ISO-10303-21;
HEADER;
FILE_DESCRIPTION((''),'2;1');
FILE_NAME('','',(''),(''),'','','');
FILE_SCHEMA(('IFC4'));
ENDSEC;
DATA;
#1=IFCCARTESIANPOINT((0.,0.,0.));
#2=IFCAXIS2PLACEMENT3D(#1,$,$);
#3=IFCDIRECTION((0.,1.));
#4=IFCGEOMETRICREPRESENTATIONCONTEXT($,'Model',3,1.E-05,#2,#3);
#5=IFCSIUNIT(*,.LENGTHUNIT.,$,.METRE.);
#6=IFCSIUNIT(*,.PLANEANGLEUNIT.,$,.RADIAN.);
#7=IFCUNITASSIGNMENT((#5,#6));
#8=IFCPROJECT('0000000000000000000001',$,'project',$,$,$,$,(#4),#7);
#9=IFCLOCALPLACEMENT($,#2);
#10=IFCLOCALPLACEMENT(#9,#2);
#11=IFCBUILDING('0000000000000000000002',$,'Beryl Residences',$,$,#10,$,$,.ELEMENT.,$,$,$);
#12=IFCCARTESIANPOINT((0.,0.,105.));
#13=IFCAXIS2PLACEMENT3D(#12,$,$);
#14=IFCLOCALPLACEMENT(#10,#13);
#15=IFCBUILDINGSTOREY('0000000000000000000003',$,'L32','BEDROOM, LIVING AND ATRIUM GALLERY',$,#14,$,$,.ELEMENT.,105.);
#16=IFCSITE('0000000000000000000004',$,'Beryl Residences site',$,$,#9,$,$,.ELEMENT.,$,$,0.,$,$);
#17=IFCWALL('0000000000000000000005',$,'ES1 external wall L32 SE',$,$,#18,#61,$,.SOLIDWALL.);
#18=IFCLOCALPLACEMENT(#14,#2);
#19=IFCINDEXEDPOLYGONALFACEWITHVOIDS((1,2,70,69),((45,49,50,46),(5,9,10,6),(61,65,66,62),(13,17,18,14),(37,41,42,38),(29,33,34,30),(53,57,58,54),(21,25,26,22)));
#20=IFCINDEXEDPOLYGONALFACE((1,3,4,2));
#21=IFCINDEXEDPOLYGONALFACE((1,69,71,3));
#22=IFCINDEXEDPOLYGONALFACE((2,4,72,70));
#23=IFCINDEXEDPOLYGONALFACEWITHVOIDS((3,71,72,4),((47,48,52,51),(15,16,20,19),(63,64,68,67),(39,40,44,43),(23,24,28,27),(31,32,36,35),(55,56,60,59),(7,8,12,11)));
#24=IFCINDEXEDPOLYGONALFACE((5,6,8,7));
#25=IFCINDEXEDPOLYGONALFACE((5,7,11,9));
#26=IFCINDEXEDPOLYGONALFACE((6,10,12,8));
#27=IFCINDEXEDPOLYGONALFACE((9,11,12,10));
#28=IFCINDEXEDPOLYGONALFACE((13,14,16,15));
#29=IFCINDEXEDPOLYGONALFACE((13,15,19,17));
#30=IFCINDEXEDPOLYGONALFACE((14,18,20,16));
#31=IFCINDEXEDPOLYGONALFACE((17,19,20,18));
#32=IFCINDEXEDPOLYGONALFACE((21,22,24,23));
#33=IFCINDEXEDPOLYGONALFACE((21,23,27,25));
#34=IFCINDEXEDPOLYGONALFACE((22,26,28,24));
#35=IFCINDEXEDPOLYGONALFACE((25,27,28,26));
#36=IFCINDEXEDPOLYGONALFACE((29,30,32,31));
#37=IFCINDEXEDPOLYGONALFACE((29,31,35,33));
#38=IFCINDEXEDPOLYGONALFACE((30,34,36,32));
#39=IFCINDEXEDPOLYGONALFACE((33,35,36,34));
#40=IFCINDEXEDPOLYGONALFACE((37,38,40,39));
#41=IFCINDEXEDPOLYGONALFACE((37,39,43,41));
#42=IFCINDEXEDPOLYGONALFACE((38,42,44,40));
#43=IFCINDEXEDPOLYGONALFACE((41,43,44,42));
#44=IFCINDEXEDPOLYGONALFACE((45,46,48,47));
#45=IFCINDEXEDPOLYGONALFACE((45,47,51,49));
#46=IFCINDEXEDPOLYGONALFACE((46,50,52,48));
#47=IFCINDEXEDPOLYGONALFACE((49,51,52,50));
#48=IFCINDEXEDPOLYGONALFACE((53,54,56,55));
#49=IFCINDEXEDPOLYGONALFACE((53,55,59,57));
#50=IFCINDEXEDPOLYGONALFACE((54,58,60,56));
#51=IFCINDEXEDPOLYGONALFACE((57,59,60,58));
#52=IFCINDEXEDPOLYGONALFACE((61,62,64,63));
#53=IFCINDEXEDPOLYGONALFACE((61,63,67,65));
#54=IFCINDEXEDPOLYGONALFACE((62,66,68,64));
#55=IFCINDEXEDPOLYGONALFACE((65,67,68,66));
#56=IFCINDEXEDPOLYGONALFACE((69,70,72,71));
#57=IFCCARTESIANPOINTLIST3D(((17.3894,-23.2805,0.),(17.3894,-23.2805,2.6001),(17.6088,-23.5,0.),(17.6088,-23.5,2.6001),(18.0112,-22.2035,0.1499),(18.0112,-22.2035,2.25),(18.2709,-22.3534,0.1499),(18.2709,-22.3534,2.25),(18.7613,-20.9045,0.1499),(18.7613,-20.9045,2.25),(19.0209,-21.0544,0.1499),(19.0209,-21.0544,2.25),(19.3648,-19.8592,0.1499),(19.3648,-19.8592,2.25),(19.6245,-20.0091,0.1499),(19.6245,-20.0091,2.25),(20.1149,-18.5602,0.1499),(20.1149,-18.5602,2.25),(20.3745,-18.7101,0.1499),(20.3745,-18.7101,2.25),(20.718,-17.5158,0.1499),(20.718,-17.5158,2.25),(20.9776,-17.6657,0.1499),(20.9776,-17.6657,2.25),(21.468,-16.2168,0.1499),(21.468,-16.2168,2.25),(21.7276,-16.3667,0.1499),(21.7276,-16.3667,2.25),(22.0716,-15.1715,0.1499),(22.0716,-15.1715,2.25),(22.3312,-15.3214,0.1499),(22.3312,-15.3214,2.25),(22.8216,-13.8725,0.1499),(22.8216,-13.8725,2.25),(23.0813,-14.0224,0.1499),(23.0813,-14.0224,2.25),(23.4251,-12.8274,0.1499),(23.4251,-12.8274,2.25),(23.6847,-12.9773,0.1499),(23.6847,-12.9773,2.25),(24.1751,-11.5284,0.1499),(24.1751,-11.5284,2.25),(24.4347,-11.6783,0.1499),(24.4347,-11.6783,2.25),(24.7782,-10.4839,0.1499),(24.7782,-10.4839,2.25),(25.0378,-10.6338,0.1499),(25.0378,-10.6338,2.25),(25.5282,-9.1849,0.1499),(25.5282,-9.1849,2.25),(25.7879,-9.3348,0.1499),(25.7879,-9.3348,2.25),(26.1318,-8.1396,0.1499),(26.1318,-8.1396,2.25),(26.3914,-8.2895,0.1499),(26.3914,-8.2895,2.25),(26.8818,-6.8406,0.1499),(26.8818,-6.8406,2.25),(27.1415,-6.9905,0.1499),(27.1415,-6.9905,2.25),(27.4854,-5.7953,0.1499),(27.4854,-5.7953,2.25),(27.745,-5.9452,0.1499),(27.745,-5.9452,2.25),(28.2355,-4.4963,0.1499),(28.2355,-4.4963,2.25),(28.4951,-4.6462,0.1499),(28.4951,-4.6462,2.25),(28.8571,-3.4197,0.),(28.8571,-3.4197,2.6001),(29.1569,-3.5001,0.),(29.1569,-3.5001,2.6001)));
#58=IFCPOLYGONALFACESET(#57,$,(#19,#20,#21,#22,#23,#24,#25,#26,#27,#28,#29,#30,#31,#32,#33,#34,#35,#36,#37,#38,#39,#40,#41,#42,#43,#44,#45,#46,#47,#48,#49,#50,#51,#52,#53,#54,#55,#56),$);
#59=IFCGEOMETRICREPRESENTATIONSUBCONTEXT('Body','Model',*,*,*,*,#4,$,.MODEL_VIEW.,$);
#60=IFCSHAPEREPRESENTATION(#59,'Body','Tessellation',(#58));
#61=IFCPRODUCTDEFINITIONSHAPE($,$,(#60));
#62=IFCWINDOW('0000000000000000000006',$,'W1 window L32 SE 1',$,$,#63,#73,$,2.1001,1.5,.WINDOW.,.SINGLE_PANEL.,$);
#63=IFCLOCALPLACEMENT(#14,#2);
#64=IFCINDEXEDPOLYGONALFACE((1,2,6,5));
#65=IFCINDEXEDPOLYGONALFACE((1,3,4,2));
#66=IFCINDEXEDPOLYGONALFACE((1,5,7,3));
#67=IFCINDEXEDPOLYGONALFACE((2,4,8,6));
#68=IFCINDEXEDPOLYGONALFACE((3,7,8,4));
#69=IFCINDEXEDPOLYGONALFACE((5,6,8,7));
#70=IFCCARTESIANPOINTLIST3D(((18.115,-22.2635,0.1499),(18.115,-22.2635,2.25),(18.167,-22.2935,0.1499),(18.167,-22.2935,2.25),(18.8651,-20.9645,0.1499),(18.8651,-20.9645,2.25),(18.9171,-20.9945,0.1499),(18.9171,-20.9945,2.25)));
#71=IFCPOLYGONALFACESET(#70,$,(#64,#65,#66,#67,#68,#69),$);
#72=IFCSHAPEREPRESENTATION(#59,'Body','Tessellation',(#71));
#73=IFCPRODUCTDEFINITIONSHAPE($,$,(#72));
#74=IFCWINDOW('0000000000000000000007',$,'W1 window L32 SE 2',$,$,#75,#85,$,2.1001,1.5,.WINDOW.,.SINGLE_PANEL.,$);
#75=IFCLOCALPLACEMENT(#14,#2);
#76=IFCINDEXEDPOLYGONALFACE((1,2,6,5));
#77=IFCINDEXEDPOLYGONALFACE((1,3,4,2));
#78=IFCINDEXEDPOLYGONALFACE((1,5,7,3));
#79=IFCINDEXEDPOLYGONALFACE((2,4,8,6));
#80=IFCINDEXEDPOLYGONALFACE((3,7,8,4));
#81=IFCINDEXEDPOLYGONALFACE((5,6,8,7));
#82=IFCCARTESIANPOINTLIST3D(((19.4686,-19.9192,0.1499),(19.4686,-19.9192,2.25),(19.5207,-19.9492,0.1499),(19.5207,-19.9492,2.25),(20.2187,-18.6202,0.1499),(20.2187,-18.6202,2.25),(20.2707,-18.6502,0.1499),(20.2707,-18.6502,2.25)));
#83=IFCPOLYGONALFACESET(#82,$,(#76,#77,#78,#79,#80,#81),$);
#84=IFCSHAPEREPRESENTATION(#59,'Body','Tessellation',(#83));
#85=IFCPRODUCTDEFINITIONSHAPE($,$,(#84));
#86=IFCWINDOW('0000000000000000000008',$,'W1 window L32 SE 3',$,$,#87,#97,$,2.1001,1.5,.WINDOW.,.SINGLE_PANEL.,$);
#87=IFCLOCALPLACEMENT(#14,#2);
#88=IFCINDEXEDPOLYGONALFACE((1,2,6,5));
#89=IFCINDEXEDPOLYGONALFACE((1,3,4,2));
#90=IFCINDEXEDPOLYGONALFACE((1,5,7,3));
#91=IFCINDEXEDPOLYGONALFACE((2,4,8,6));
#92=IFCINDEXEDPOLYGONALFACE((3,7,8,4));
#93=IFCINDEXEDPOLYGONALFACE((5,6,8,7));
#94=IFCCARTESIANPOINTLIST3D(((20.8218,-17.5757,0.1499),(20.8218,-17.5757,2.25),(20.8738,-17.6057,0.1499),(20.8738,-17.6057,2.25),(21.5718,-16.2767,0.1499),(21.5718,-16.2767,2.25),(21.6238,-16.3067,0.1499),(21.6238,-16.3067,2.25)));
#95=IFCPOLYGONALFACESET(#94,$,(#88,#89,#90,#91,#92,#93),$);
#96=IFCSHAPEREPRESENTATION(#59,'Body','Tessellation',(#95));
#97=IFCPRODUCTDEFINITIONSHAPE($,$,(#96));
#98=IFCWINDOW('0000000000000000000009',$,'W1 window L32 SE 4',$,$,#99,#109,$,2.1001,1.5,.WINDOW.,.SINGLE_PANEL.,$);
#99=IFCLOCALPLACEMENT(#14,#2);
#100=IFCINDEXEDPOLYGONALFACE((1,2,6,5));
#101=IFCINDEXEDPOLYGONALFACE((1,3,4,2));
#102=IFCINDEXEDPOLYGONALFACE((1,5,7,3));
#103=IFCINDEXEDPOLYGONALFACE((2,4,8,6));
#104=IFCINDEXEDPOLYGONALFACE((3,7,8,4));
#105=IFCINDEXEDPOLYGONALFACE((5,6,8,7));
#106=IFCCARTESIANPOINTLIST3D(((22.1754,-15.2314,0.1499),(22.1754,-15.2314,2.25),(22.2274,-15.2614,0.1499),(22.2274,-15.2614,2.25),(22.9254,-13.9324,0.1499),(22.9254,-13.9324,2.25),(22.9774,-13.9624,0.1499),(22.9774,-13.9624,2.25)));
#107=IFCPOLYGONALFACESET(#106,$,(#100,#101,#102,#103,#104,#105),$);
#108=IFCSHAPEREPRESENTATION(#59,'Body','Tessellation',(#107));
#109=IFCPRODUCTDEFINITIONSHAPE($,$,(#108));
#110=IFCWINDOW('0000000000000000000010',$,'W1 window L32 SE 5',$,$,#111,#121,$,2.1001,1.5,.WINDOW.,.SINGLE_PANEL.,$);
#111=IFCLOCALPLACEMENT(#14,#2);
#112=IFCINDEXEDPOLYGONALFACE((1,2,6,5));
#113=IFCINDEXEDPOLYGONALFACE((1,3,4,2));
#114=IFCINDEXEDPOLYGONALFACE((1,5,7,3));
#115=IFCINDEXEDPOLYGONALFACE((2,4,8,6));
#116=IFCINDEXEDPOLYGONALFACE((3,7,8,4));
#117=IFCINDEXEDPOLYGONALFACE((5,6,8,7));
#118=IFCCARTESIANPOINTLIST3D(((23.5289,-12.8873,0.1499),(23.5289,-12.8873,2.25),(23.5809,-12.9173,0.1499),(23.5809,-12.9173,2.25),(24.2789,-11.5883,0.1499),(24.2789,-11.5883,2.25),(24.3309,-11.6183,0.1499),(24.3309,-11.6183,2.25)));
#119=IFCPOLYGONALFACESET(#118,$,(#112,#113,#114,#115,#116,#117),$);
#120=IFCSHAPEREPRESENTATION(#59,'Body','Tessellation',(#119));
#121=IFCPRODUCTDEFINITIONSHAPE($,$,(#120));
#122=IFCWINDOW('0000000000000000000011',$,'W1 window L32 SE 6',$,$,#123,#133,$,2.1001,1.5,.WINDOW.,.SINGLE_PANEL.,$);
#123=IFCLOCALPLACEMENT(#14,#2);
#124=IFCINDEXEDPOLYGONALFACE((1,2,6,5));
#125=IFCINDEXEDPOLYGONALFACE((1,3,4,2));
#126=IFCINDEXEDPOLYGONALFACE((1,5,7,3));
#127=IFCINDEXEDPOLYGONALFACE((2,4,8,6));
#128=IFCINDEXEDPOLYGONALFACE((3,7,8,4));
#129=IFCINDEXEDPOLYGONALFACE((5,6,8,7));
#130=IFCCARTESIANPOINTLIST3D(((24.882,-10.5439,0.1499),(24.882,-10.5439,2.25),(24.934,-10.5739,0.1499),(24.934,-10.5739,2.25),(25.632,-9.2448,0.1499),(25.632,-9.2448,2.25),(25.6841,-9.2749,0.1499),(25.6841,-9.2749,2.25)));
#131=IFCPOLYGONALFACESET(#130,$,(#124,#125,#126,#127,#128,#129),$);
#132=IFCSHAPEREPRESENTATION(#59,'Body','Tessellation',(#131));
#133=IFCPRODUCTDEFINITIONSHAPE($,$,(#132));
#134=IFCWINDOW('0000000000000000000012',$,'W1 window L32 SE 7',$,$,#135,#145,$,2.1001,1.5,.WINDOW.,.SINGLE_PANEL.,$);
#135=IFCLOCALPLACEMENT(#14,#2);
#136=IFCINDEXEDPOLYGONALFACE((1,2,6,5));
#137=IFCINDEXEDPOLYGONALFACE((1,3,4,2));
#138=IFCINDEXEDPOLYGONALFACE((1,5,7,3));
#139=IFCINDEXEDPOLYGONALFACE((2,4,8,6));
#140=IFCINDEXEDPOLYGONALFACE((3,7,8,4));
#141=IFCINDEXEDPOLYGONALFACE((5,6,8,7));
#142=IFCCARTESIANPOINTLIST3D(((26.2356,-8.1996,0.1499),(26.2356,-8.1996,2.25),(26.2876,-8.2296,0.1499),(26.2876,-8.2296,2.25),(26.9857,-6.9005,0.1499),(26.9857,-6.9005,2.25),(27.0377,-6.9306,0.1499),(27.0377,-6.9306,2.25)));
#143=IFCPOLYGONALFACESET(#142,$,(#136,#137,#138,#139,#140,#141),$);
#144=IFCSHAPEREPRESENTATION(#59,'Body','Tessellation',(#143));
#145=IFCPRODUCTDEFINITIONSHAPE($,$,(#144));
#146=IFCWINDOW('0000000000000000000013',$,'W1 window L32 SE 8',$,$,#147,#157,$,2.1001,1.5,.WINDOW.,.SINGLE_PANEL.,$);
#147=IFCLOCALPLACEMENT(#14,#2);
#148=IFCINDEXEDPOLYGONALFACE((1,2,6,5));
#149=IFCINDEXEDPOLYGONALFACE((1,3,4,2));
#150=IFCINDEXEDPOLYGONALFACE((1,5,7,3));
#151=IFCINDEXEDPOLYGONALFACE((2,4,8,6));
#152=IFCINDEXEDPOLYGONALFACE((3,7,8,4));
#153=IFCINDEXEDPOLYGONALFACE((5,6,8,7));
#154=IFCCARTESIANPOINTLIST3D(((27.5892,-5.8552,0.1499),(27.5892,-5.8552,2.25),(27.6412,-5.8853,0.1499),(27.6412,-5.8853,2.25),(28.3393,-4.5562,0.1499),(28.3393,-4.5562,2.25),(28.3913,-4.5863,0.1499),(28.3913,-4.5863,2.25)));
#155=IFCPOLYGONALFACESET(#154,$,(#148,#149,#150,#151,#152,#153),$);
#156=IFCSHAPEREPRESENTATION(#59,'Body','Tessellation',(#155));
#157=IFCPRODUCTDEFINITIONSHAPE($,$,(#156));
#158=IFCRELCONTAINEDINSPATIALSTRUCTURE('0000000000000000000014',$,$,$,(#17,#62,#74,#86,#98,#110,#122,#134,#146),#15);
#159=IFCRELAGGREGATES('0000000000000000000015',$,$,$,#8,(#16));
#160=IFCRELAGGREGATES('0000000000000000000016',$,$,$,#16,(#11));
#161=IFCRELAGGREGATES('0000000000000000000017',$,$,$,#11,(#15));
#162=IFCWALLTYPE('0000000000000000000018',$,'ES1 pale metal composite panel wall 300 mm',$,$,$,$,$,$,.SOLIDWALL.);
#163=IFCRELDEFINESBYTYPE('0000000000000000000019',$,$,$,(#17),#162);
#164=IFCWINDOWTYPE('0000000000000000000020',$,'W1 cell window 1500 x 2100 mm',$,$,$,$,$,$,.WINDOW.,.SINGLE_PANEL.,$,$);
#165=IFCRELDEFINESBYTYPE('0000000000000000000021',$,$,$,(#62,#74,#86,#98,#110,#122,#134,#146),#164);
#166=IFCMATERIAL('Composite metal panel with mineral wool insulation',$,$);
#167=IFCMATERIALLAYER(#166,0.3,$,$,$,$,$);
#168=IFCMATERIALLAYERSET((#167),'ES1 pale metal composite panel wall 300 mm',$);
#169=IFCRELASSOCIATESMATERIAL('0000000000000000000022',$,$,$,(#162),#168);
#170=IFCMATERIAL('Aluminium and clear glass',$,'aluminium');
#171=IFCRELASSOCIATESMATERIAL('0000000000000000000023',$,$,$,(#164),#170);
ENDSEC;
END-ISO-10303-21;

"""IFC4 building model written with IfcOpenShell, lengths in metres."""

from ifc_helpers import new_model, si_unit, direction, frame, frame_2d, origin, place, context, subcontext, project, spatial, polyline, rectangle, outline, extrude, material, layer, layer_set, type_object, element, fill, save


model = new_model("IFC4")

# Units and contexts
model_context = context("Model", 3, precision=1e-05, world=origin(), true_north=direction((0.0, 1.0)))
body_context = subcontext(model_context, "Body", "Model", "MODEL_VIEW")
ifc_project = project(units=[si_unit("LENGTHUNIT", "METRE"), si_unit("PLANEANGLEUNIT", "RADIAN")], contexts=[model_context])

# Site, building, storey
site_placement = place(None, origin())
site = spatial("IfcSite", under=ifc_project, at=site_placement, Name="Beryl Residences site", CompositionType="ELEMENT", RefElevation=0.0)
building_placement = place(site_placement, origin())
building = spatial("IfcBuilding", under=site, at=building_placement, Name="Beryl Residences", CompositionType="ELEMENT")
storey_placement = place(building_placement, frame((0.0, 0.0, 105.0)))
storey = spatial("IfcBuildingStorey", under=building, at=storey_placement, Name="L32", Description="BEDROOM, LIVING AND ATRIUM GALLERY", CompositionType="ELEMENT", Elevation=105.0)

# Wall, openings, windows
ifc_material_1 = material(Name="Composite metal panel with mineral wool insulation")
ifc_layer_1 = layer(ifc_material_1, 0.3)
ifc_layer_set_1 = layer_set([ifc_layer_1], Name="ES1 pale metal composite panel wall 300 mm")
wall_type_1 = type_object("IfcWallType", Name="ES1 pale metal composite panel wall 300 mm", PredefinedType="SOLIDWALL", material=ifc_layer_set_1)
wall_1_placement = place(storey_placement, frame((17.479, -23.425, 0.0), z_axis=(0.0, 0.0, 1.0), x_axis=(0.500035, 0.866005, 0.0)))
wall_1 = element("IfcWall", 1, at=wall_1_placement, inside=storey, type_object=wall_type_1, Name="ES1 external wall L32 SE", PredefinedType="SOLIDWALL", context=body_context, shape_type="SweptSolid", body=[
    extrude(outline(polyline([(0.0, -0.1499), (23.0945, -0.1499), (23.0142, 0.1499), (0.0803, 0.1499), (0.0, -0.1499)])), origin(), (0.0, 0.0, 1.0), 2.6001),
])
opening_1_placement = place(wall_1_placement, frame((1.324, 0.0, 0.1499)))
opening_1 = element("IfcOpeningElement", 2, at=opening_1_placement, cuts=wall_1, PredefinedType="OPENING", context=body_context, shape_type="SweptSolid", body=[
    extrude(rectangle(XDim=1.5, YDim=2.1001, at=frame_2d((0.75, 1.05))), frame((0.0, 0.1599, 0.0), z_axis=(0.0, -1.0, 0.0), x_axis=(1.0, 0.0, 0.0)), (0.0, 0.0, 1.0), 0.3201),
])
opening_2_placement = place(wall_1_placement, frame((4.031, 0.0, 0.1499)))
opening_2 = element("IfcOpeningElement", 3, at=opening_2_placement, cuts=wall_1, PredefinedType="OPENING", context=body_context, shape_type="SweptSolid", body=[
    extrude(rectangle(XDim=1.5, YDim=2.1001, at=frame_2d((0.75, 1.05))), frame((0.0, 0.1599, 0.0), z_axis=(0.0, -1.0, 0.0), x_axis=(1.0, 0.0, 0.0)), (0.0, 0.0, 1.0), 0.3201),
])
opening_3_placement = place(wall_1_placement, frame((6.7371, 0.0, 0.1499)))
opening_3 = element("IfcOpeningElement", 4, at=opening_3_placement, cuts=wall_1, PredefinedType="OPENING", context=body_context, shape_type="SweptSolid", body=[
    extrude(rectangle(XDim=1.5, YDim=2.1001, at=frame_2d((0.75, 1.05))), frame((0.0, 0.1599, 0.0), z_axis=(0.0, -1.0, 0.0), x_axis=(1.0, 0.0, 0.0)), (0.0, 0.0, 1.0), 0.3201),
])
opening_4_placement = place(wall_1_placement, frame((9.4441, 0.0, 0.1499)))
opening_4 = element("IfcOpeningElement", 5, at=opening_4_placement, cuts=wall_1, PredefinedType="OPENING", context=body_context, shape_type="SweptSolid", body=[
    extrude(rectangle(XDim=1.5, YDim=2.1001, at=frame_2d((0.75, 1.05))), frame((0.0, 0.1599, 0.0), z_axis=(0.0, -1.0, 0.0), x_axis=(1.0, 0.0, 0.0)), (0.0, 0.0, 1.0), 0.3201),
])
opening_5_placement = place(wall_1_placement, frame((12.1509, 0.0, 0.1499)))
opening_5 = element("IfcOpeningElement", 6, at=opening_5_placement, cuts=wall_1, PredefinedType="OPENING", context=body_context, shape_type="SweptSolid", body=[
    extrude(rectangle(XDim=1.5, YDim=2.1001, at=frame_2d((0.75, 1.05))), frame((0.0, 0.1599, 0.0), z_axis=(0.0, -1.0, 0.0), x_axis=(1.0, 0.0, 0.0)), (0.0, 0.0, 1.0), 0.3201),
])
opening_6_placement = place(wall_1_placement, frame((14.8569, 0.0, 0.1499)))
opening_6 = element("IfcOpeningElement", 7, at=opening_6_placement, cuts=wall_1, PredefinedType="OPENING", context=body_context, shape_type="SweptSolid", body=[
    extrude(rectangle(XDim=1.5, YDim=2.1001, at=frame_2d((0.75, 1.05))), frame((0.0, 0.1599, 0.0), z_axis=(0.0, -1.0, 0.0), x_axis=(1.0, 0.0, 0.0)), (0.0, 0.0, 1.0), 0.3201),
])
opening_7_placement = place(wall_1_placement, frame((17.564, 0.0, 0.1499)))
opening_7 = element("IfcOpeningElement", 8, at=opening_7_placement, cuts=wall_1, PredefinedType="OPENING", context=body_context, shape_type="SweptSolid", body=[
    extrude(rectangle(XDim=1.5, YDim=2.1001, at=frame_2d((0.75, 1.05))), frame((0.0, 0.1599, 0.0), z_axis=(0.0, -1.0, 0.0), x_axis=(1.0, 0.0, 0.0)), (0.0, 0.0, 1.0), 0.3201),
])
opening_8_placement = place(wall_1_placement, frame((20.271, 0.0, 0.1499)))
opening_8 = element("IfcOpeningElement", 9, at=opening_8_placement, cuts=wall_1, PredefinedType="OPENING", context=body_context, shape_type="SweptSolid", body=[
    extrude(rectangle(XDim=1.5, YDim=2.1001, at=frame_2d((0.75, 1.05))), frame((0.0, 0.1599, 0.0), z_axis=(0.0, -1.0, 0.0), x_axis=(1.0, 0.0, 0.0)), (0.0, 0.0, 1.0), 0.3201),
])
ifc_material_2 = material(Name="Aluminium and clear glass", Category="aluminium")
window_type_1 = type_object("IfcWindowType", Name="W1 cell window 1500 x 2100 mm", PartitioningType="SINGLE_PANEL", PredefinedType="WINDOW", material=ifc_material_2)
window_1_placement = place(opening_1_placement, origin())
window_1 = element("IfcWindow", 10, at=window_1_placement, inside=storey, type_object=window_type_1, Name="W1 window L32 SE 1", OverallHeight=2.1001, OverallWidth=1.5, PartitioningType="SINGLE_PANEL", PredefinedType="WINDOW", context=body_context, shape_type="SweptSolid", body=[
    extrude(rectangle(XDim=1.5, YDim=2.1001, at=frame_2d((0.75, 1.05))), frame((0.0, 0.03, 0.0), z_axis=(0.0, -1.0, 0.0), x_axis=(1.0, 0.0, 0.0)), (0.0, 0.0, 1.0), 0.0601),
])
fill(opening_1, window_1)
window_2_placement = place(opening_2_placement, origin())
window_2 = element("IfcWindow", 11, at=window_2_placement, inside=storey, type_object=window_type_1, Name="W1 window L32 SE 2", OverallHeight=2.1001, OverallWidth=1.5, PartitioningType="SINGLE_PANEL", PredefinedType="WINDOW", context=body_context, shape_type="SweptSolid", body=[
    extrude(rectangle(XDim=1.5, YDim=2.1001, at=frame_2d((0.75, 1.05))), frame((0.0, 0.03, 0.0), z_axis=(0.0, -1.0, 0.0), x_axis=(1.0, 0.0, 0.0)), (0.0, 0.0, 1.0), 0.0601),
])
fill(opening_2, window_2)
window_3_placement = place(opening_3_placement, origin())
window_3 = element("IfcWindow", 12, at=window_3_placement, inside=storey, type_object=window_type_1, Name="W1 window L32 SE 3", OverallHeight=2.1001, OverallWidth=1.5, PartitioningType="SINGLE_PANEL", PredefinedType="WINDOW", context=body_context, shape_type="SweptSolid", body=[
    extrude(rectangle(XDim=1.5, YDim=2.1001, at=frame_2d((0.75, 1.05))), frame((0.0, 0.03, 0.0), z_axis=(0.0, -1.0, 0.0), x_axis=(1.0, 0.0, 0.0)), (0.0, 0.0, 1.0), 0.0601),
])
fill(opening_3, window_3)
window_4_placement = place(opening_4_placement, origin())
window_4 = element("IfcWindow", 13, at=window_4_placement, inside=storey, type_object=window_type_1, Name="W1 window L32 SE 4", OverallHeight=2.1001, OverallWidth=1.5, PartitioningType="SINGLE_PANEL", PredefinedType="WINDOW", context=body_context, shape_type="SweptSolid", body=[
    extrude(rectangle(XDim=1.5, YDim=2.1001, at=frame_2d((0.75, 1.05))), frame((0.0, 0.03, 0.0), z_axis=(0.0, -1.0, 0.0), x_axis=(1.0, 0.0, 0.0)), (0.0, 0.0, 1.0), 0.0601),
])
fill(opening_4, window_4)
window_5_placement = place(opening_5_placement, origin())
window_5 = element("IfcWindow", 14, at=window_5_placement, inside=storey, type_object=window_type_1, Name="W1 window L32 SE 5", OverallHeight=2.1001, OverallWidth=1.5, PartitioningType="SINGLE_PANEL", PredefinedType="WINDOW", context=body_context, shape_type="SweptSolid", body=[
    extrude(rectangle(XDim=1.5, YDim=2.1001, at=frame_2d((0.75, 1.05))), frame((0.0, 0.03, 0.0), z_axis=(0.0, -1.0, 0.0), x_axis=(1.0, 0.0, 0.0)), (0.0, 0.0, 1.0), 0.0601),
])
fill(opening_5, window_5)
window_6_placement = place(opening_6_placement, origin())
window_6 = element("IfcWindow", 15, at=window_6_placement, inside=storey, type_object=window_type_1, Name="W1 window L32 SE 6", OverallHeight=2.1001, OverallWidth=1.5, PartitioningType="SINGLE_PANEL", PredefinedType="WINDOW", context=body_context, shape_type="SweptSolid", body=[
    extrude(rectangle(XDim=1.5, YDim=2.1001, at=frame_2d((0.75, 1.05))), frame((0.0, 0.03, 0.0), z_axis=(0.0, -1.0, 0.0), x_axis=(1.0, 0.0, 0.0)), (0.0, 0.0, 1.0), 0.0601),
])
fill(opening_6, window_6)
window_7_placement = place(opening_7_placement, origin())
window_7 = element("IfcWindow", 16, at=window_7_placement, inside=storey, type_object=window_type_1, Name="W1 window L32 SE 7", OverallHeight=2.1001, OverallWidth=1.5, PartitioningType="SINGLE_PANEL", PredefinedType="WINDOW", context=body_context, shape_type="SweptSolid", body=[
    extrude(rectangle(XDim=1.5, YDim=2.1001, at=frame_2d((0.75, 1.05))), frame((0.0, 0.03, 0.0), z_axis=(0.0, -1.0, 0.0), x_axis=(1.0, 0.0, 0.0)), (0.0, 0.0, 1.0), 0.0601),
])
fill(opening_7, window_7)
window_8_placement = place(opening_8_placement, origin())
window_8 = element("IfcWindow", 17, at=window_8_placement, inside=storey, type_object=window_type_1, Name="W1 window L32 SE 8", OverallHeight=2.1001, OverallWidth=1.5, PartitioningType="SINGLE_PANEL", PredefinedType="WINDOW", context=body_context, shape_type="SweptSolid", body=[
    extrude(rectangle(XDim=1.5, YDim=2.1001, at=frame_2d((0.75, 1.05))), frame((0.0, 0.03, 0.0), z_axis=(0.0, -1.0, 0.0), x_axis=(1.0, 0.0, 0.0)), (0.0, 0.0, 1.0), 0.0601),
])
fill(opening_8, window_8)

save(model, "model.ifc")
